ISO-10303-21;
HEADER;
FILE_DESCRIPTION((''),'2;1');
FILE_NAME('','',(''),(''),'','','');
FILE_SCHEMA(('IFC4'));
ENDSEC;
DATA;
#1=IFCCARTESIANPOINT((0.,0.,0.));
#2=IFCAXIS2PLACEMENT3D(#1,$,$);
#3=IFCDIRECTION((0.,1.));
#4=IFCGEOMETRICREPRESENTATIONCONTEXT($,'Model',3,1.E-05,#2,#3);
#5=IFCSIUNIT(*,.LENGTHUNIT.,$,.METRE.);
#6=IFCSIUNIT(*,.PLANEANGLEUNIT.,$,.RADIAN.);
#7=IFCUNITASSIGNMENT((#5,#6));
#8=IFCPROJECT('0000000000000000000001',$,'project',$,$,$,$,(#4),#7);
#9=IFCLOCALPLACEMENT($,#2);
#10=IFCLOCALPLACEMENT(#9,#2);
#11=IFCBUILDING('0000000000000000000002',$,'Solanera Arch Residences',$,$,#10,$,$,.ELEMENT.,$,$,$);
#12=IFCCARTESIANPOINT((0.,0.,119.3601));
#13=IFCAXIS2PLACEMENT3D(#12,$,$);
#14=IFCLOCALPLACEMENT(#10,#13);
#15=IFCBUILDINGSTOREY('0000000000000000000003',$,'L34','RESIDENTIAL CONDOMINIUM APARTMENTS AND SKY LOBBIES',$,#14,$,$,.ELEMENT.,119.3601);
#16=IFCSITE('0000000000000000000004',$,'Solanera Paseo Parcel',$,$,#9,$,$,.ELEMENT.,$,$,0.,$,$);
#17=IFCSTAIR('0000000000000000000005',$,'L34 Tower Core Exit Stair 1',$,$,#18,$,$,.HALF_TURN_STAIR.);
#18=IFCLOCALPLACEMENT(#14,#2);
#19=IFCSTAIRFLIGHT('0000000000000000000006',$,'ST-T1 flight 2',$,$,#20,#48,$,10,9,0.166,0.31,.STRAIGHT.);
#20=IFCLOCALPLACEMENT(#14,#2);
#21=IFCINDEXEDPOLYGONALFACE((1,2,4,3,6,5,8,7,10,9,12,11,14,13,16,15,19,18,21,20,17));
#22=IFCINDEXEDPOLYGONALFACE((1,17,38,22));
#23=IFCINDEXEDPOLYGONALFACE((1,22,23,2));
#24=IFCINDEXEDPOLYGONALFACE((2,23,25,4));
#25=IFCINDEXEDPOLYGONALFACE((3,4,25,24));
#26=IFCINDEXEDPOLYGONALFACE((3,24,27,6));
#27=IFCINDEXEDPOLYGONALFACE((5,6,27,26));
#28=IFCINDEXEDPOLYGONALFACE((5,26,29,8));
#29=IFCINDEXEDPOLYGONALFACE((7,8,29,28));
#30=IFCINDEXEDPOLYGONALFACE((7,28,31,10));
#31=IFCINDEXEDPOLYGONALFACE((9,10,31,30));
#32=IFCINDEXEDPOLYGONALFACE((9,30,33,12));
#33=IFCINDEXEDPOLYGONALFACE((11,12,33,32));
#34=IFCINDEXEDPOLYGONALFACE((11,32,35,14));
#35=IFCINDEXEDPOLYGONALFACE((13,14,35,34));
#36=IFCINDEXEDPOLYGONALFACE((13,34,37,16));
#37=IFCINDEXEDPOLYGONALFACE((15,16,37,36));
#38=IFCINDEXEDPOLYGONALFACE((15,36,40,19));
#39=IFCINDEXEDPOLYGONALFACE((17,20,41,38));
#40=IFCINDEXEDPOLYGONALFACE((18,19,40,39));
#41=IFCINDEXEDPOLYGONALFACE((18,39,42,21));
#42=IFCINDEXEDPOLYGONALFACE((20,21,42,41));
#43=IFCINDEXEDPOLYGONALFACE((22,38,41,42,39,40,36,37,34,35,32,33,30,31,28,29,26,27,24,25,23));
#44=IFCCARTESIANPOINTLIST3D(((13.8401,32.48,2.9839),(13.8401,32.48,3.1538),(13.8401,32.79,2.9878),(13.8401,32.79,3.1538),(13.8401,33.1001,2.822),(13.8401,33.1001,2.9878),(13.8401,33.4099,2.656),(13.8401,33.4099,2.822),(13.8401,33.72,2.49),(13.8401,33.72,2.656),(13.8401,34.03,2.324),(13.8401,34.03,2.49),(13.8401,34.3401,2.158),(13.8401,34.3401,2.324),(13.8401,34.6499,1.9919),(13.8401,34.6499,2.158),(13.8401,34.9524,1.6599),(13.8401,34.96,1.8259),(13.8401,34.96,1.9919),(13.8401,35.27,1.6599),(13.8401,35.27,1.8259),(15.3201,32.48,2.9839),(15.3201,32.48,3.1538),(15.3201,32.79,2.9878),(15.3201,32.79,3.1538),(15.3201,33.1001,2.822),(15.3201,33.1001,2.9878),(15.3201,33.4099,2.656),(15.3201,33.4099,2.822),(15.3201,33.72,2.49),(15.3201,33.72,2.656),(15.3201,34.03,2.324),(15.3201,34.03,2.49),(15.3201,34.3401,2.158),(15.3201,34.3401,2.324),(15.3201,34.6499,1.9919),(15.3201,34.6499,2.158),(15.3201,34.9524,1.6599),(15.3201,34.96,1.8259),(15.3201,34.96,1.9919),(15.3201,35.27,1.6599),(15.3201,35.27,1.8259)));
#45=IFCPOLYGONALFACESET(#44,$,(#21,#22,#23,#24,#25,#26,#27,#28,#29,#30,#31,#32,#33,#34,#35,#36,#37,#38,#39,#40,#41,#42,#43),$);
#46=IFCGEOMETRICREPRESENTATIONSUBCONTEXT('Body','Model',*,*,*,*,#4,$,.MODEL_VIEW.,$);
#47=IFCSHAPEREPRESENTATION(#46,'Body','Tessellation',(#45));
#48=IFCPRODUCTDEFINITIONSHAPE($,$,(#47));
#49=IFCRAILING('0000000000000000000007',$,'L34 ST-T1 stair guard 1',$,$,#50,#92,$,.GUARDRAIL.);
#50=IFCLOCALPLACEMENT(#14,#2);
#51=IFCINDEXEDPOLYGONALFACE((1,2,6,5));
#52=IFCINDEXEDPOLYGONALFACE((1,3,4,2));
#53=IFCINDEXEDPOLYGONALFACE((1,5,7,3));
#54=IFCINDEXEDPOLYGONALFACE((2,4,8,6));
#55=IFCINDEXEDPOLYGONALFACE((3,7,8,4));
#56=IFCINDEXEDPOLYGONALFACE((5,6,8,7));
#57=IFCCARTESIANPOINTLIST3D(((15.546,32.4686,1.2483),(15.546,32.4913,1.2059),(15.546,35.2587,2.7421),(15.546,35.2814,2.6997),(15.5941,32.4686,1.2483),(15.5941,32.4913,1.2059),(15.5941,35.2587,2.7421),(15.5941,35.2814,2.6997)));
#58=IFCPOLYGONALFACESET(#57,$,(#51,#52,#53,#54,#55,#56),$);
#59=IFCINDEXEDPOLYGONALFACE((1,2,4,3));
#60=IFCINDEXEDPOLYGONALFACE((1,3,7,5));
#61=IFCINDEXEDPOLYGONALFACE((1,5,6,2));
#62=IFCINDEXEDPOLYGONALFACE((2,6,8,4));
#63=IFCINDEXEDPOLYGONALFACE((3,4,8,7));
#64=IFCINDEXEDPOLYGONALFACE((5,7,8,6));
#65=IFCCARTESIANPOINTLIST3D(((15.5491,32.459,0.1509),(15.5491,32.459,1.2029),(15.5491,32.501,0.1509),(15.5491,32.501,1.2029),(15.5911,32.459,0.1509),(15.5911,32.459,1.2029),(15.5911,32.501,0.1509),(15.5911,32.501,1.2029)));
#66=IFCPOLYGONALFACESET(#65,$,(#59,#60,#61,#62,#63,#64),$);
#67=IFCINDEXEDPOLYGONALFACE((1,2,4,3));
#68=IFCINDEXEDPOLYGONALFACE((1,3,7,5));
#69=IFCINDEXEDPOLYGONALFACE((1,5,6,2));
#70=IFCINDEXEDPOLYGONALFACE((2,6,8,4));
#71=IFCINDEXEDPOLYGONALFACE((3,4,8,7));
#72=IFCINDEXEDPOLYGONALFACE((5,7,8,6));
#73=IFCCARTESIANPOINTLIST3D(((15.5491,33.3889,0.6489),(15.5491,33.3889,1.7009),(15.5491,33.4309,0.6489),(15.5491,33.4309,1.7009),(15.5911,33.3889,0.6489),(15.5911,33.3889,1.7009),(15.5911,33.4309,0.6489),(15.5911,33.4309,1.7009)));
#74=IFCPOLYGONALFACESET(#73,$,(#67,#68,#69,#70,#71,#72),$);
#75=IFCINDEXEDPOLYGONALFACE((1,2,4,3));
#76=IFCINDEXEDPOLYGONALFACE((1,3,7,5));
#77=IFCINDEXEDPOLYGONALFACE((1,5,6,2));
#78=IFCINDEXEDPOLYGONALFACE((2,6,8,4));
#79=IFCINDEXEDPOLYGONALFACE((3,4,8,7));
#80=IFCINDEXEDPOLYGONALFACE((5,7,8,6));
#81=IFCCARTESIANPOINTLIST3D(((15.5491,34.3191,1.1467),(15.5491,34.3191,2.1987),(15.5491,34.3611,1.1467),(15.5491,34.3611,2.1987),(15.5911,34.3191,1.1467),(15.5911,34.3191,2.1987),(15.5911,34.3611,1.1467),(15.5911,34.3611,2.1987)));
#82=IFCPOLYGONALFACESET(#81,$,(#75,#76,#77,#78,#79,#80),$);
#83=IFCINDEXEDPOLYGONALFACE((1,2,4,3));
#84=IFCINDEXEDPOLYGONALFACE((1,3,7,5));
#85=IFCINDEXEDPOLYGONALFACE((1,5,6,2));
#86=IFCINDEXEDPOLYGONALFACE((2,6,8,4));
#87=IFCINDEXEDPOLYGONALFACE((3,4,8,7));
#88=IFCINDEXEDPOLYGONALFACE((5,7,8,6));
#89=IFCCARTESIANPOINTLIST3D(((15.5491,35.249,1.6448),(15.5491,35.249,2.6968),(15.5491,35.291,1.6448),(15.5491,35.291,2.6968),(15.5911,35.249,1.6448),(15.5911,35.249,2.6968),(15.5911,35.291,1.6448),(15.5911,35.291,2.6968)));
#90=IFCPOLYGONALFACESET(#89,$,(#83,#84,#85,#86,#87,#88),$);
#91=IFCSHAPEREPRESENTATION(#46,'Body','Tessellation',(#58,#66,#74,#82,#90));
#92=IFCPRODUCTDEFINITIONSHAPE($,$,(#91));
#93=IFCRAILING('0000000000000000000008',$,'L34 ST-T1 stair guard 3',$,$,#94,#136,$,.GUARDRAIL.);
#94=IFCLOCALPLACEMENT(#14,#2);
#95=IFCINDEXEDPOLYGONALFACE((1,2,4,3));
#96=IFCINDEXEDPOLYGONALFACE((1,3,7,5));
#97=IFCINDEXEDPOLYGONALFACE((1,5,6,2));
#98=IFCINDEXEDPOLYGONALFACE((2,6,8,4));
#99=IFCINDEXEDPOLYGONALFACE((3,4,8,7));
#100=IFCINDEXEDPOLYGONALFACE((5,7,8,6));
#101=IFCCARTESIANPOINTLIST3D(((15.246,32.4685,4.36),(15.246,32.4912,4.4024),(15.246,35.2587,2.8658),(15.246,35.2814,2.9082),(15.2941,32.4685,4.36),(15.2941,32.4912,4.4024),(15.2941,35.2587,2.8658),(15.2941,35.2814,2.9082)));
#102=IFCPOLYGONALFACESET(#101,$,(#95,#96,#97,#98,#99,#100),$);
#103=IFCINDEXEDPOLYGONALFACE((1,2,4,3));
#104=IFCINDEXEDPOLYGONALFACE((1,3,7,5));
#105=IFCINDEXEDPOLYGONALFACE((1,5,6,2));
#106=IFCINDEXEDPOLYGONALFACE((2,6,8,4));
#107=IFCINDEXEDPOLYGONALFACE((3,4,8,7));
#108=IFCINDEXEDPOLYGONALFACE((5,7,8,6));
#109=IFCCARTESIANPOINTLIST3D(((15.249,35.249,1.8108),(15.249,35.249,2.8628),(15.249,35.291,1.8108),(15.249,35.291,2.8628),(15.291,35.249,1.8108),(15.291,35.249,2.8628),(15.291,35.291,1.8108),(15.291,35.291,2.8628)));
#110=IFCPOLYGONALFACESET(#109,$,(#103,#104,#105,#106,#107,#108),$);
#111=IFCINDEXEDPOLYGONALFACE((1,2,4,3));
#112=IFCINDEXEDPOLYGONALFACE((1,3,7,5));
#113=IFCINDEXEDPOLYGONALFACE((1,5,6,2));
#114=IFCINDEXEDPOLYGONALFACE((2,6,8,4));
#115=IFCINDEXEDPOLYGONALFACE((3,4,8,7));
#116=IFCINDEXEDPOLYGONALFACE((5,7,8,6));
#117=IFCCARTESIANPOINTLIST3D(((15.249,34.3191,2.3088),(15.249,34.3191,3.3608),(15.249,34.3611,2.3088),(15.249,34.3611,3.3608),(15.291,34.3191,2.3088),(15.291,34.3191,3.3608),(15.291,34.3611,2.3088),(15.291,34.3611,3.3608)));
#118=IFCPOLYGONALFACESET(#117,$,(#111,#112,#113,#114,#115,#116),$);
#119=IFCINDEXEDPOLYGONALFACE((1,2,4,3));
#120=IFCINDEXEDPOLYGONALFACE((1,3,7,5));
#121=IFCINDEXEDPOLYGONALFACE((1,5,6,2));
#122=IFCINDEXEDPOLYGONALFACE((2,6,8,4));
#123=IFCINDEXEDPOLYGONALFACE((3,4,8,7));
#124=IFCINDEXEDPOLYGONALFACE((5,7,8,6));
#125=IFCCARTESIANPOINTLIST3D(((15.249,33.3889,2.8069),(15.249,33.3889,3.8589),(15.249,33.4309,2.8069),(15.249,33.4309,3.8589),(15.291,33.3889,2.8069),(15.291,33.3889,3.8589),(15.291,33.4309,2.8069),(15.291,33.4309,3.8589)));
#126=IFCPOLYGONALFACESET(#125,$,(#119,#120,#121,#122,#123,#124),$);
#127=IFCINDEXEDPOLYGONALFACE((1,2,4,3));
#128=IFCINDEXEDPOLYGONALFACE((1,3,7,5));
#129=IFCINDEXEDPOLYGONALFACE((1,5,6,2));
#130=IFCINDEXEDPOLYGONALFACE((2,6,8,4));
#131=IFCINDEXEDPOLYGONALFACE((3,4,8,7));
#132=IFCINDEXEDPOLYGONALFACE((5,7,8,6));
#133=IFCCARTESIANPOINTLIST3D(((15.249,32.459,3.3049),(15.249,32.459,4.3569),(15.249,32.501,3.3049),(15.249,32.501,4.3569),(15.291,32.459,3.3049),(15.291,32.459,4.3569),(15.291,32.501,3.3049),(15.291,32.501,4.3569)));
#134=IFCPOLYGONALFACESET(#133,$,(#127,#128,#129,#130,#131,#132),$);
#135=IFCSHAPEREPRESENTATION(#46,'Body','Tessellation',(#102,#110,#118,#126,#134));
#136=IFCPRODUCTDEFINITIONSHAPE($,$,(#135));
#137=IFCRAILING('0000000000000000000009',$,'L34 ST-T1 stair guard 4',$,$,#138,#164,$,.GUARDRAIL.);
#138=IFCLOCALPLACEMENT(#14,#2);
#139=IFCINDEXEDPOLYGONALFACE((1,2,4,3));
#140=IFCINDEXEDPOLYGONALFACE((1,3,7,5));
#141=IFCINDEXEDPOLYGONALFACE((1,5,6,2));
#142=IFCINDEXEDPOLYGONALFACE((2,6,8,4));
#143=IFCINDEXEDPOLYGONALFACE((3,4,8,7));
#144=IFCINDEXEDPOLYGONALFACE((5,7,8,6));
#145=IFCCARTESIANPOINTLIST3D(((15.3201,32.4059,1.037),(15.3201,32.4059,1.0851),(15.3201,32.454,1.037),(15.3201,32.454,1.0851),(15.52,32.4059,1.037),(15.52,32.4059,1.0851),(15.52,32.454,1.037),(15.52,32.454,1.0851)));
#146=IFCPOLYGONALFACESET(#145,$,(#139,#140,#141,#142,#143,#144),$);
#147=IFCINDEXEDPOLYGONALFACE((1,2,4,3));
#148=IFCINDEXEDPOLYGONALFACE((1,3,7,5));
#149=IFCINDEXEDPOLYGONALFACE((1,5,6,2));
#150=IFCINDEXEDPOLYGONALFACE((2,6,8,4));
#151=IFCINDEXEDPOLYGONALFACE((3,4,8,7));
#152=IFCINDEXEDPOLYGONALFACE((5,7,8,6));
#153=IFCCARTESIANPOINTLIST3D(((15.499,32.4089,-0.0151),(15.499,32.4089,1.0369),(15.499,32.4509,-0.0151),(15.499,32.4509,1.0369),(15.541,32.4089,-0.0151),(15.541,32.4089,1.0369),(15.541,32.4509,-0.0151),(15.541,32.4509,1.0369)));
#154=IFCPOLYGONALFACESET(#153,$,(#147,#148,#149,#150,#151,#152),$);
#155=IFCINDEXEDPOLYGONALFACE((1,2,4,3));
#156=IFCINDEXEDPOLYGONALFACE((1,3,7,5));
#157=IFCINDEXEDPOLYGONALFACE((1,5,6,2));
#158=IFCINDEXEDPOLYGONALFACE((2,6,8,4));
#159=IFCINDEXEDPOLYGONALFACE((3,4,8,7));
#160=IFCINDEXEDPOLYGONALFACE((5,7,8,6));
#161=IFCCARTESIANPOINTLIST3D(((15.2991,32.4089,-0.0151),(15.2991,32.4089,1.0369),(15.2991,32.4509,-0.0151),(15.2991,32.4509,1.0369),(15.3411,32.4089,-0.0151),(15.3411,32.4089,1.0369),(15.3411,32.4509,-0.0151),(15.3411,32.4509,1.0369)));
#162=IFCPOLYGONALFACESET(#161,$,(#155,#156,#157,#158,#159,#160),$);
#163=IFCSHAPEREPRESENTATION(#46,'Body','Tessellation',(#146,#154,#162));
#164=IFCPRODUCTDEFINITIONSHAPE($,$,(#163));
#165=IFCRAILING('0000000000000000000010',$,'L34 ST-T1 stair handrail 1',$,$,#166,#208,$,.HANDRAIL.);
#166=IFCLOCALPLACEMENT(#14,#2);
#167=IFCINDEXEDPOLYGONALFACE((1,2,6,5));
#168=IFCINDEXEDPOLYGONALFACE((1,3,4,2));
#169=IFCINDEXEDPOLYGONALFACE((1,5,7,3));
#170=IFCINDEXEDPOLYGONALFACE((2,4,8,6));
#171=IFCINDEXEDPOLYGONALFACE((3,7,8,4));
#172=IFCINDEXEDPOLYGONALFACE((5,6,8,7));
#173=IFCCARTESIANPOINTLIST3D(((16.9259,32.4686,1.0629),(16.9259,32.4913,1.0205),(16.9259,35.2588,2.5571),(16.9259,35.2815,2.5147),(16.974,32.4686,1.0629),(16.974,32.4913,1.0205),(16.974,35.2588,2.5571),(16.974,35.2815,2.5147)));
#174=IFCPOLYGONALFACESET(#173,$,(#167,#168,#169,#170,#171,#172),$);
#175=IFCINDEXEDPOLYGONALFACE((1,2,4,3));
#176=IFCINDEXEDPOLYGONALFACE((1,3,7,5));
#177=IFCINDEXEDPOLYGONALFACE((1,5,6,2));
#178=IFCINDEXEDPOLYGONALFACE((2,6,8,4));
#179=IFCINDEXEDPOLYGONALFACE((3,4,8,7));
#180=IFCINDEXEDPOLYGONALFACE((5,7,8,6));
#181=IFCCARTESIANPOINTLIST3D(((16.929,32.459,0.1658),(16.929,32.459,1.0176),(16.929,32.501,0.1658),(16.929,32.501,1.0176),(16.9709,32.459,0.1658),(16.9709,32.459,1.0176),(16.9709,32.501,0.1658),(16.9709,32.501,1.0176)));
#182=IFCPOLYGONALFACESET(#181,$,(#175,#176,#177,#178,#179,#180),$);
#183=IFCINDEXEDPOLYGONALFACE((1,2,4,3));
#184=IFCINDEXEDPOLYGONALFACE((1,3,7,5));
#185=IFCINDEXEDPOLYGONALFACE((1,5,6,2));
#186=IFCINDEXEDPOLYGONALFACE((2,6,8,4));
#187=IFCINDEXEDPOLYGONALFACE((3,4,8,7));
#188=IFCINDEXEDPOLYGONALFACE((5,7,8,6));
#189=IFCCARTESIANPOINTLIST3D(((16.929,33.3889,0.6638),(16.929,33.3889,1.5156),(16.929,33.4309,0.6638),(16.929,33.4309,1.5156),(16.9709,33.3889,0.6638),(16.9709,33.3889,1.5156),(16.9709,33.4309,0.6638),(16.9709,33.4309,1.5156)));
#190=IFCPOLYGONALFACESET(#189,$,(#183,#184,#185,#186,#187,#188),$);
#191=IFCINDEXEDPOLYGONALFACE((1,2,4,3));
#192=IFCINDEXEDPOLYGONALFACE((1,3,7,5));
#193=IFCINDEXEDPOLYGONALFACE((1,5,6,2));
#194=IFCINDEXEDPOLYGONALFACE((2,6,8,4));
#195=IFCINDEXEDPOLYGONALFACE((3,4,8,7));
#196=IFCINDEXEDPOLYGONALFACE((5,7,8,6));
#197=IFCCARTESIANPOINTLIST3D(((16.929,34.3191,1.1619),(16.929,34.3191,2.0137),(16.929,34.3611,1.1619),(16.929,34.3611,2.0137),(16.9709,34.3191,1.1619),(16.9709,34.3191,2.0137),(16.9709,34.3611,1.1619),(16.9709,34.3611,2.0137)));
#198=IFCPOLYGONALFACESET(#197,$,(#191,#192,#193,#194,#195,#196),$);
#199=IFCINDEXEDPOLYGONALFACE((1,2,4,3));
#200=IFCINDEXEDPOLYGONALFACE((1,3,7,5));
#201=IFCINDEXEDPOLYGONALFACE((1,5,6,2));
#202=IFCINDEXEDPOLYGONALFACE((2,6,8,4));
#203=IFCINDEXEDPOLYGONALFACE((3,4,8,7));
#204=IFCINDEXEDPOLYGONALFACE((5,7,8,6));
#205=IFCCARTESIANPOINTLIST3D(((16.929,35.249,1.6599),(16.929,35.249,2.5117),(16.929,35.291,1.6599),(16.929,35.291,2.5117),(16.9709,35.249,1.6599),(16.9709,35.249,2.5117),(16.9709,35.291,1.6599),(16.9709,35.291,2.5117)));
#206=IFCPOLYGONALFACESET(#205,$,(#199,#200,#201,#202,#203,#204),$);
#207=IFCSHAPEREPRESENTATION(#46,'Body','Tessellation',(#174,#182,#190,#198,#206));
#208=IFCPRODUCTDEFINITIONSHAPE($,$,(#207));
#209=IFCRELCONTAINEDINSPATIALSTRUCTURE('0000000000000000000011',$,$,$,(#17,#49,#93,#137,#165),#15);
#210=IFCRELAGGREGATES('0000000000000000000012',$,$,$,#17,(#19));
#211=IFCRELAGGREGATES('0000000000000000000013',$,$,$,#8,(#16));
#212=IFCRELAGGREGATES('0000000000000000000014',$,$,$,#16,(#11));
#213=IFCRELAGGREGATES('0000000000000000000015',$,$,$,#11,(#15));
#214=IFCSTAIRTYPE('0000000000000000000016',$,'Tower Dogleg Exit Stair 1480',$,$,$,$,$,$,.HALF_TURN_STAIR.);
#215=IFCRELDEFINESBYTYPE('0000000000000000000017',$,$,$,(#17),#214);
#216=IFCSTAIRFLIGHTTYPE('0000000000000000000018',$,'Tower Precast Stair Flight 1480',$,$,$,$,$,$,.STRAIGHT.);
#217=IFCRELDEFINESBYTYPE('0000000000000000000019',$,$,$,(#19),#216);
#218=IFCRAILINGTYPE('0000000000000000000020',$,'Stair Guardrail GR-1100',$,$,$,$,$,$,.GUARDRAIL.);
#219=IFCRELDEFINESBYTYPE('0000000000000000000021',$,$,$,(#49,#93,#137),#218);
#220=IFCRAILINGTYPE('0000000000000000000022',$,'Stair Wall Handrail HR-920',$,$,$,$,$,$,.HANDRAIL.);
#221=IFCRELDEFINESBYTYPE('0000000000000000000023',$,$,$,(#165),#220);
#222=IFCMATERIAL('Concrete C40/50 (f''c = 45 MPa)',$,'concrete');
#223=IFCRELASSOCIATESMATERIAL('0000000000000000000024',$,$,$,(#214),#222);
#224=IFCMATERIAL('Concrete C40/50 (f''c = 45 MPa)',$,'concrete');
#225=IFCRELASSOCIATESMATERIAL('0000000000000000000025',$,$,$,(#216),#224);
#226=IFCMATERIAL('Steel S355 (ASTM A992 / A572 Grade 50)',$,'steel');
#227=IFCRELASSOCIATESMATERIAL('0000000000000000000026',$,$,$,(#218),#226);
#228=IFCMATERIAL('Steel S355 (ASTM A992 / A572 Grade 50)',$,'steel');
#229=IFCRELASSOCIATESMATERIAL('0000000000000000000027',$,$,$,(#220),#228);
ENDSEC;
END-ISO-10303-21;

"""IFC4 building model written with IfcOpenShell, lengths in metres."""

from ifc_helpers import new_model, si_unit, direction, frame, origin, origin_2d, place, context, subcontext, project, spatial, polyline, rectangle, outline, extrude, material, type_object, element, aggregate, save


model = new_model("IFC4")

# Units and contexts
model_context = context("Model", 3, precision=1e-05, world=origin(), true_north=direction((0.0, 1.0)))
body_context = subcontext(model_context, "Body", "Model", "MODEL_VIEW")
ifc_project = project(units=[si_unit("LENGTHUNIT", "METRE"), si_unit("PLANEANGLEUNIT", "RADIAN")], contexts=[model_context])

# Site, building, storey
site_placement = place(None, origin())
site = spatial("IfcSite", under=ifc_project, at=site_placement, Name="Solanera Paseo Parcel", CompositionType="ELEMENT", RefElevation=0.0)
building_placement = place(site_placement, origin())
building = spatial("IfcBuilding", under=site, at=building_placement, Name="Solanera Arch Residences", CompositionType="ELEMENT")
storey_placement = place(building_placement, frame((0.0, 0.0, 119.3601)))
storey = spatial("IfcBuildingStorey", under=building, at=storey_placement, Name="L34", Description="RESIDENTIAL CONDOMINIUM APARTMENTS AND SKY LOBBIES", CompositionType="ELEMENT", Elevation=119.3601)

# Stair, stair flight
ifc_material_1 = material(Name="Concrete C40/50 (f'c = 45 MPa)", Category="concrete")
stair_type = type_object("IfcStairType", Name="Tower Dogleg Exit Stair 1480", PredefinedType="HALF_TURN_STAIR", material=ifc_material_1)
stair_placement = place(storey_placement, origin())
stair = element("IfcStair", 1, at=stair_placement, inside=storey, type_object=stair_type, Name="L34 Tower Core Exit Stair 1", PredefinedType="HALF_TURN_STAIR")
ifc_material_2 = material(Name="Concrete C40/50 (f'c = 45 MPa)", Category="concrete")
stair_flight_type = type_object("IfcStairFlightType", Name="Tower Precast Stair Flight 1480", PredefinedType="STRAIGHT", material=ifc_material_2)
stair_flight_1_placement = place(storey_placement, frame((14.5801, 35.27, 1.6599), z_axis=(0.0, 0.0, 1.0), x_axis=(0.0, -1.0, 0.0)))
stair_flight_1 = element("IfcStairFlight", 2, at=stair_flight_1_placement, type_object=stair_flight_type, Name="ST-T1 flight 2", NumberOfRisers=10, NumberOfTreads=9, PredefinedType="STRAIGHT", RiserHeight=0.166, TreadLength=0.31, context=body_context, shape_type="SweptSolid", body=[
    extrude(outline(polyline([(0.0, 0.0), (0.0, 0.166), (0.3101, 0.166), (0.3101, 0.332), (0.6201, 0.332), (0.6201, 0.498), (0.9299, 0.498), (0.9299, 0.6641), (1.24, 0.6641), (1.24, 0.8301), (1.55, 0.8301), (1.55, 0.9961), (1.8601, 0.9961), (1.8601, 1.1621), (2.1699, 1.1621), (2.1699, 1.3279), (2.48, 1.3279), (2.48, 1.4939), (2.79, 1.4939), (2.79, 1.6599), (2.79, 1.324), (0.3176, 0.0), (0.0, 0.0)])), frame((0.0, 0.74, 0.0), z_axis=(0.0, -1.0, 0.0), x_axis=(1.0, 0.0, 0.0)), (0.0, 0.0, 1.0), 1.48),
])
aggregate(stair, [stair_flight_1])

# Railings
ifc_material_3 = material(Name="Steel S355 (ASTM A992 / A572 Grade 50)", Category="steel")
railing_type_1 = type_object("IfcRailingType", Name="Stair Guardrail GR-1100", PredefinedType="GUARDRAIL", material=ifc_material_3)
railing_1_placement = place(storey_placement, frame((15.5701, 32.48, 0.1509)))
element("IfcRailing", 3, at=railing_1_placement, inside=storey, type_object=railing_type_1, Name="L34 ST-T1 stair guard 1", PredefinedType="GUARDRAIL", context=body_context, shape_type="SweptSolid", body=[
    extrude(rectangle(XDim=0.0481, YDim=0.0481, at=origin_2d()), frame((0.0, 0.0, 1.0762), z_axis=(0.0, 0.881581, 0.472033), x_axis=(-1.0, 0.0, 0.0)), (0.0, 0.0, 1.0), 3.1648),
    extrude(rectangle(XDim=0.042, YDim=0.042, at=origin_2d()), origin(), (0.0, 0.0, 1.0), 1.052),
    extrude(rectangle(XDim=0.042, YDim=0.042, at=origin_2d()), frame((0.0, 0.9299, 0.498)), (0.0, 0.0, 1.0), 1.052),
    extrude(rectangle(XDim=0.042, YDim=0.042, at=origin_2d()), frame((0.0, 1.8601, 0.9958)), (0.0, 0.0, 1.0), 1.052),
    extrude(rectangle(XDim=0.042, YDim=0.042, at=origin_2d()), frame((0.0, 2.79, 1.4939)), (0.0, 0.0, 1.0), 1.052),
])
railing_2_placement = place(storey_placement, frame((15.27, 35.27, 1.8108)))
element("IfcRailing", 4, at=railing_2_placement, inside=storey, type_object=railing_type_1, Name="L34 ST-T1 stair guard 3", PredefinedType="GUARDRAIL", context=body_context, shape_type="SweptSolid", body=[
    extrude(rectangle(XDim=0.0481, YDim=0.0481, at=origin_2d()), frame((0.0, 0.0, 1.0762), z_axis=(0.0, -0.881549, 0.472093), x_axis=(1.0, 0.0, 0.0)), (0.0, 0.0, 1.0), 3.165),
    extrude(rectangle(XDim=0.042, YDim=0.042, at=origin_2d()), origin(), (0.0, 0.0, 1.0), 1.052),
    extrude(rectangle(XDim=0.042, YDim=0.042, at=origin_2d()), frame((0.0, -0.9299, 0.498)), (0.0, 0.0, 1.0), 1.052),
    extrude(rectangle(XDim=0.042, YDim=0.042, at=origin_2d()), frame((0.0, -1.8601, 0.9961)), (0.0, 0.0, 1.0), 1.052),
    extrude(rectangle(XDim=0.042, YDim=0.042, at=origin_2d()), frame((0.0, -2.79, 1.4941)), (0.0, 0.0, 1.0), 1.052),
])
railing_3_placement = place(storey_placement, frame((15.52, 32.4299, -0.0151)))
element("IfcRailing", 5, at=railing_3_placement, inside=storey, type_object=railing_type_1, Name="L34 ST-T1 stair guard 4", PredefinedType="GUARDRAIL", context=body_context, shape_type="SweptSolid", body=[
    extrude(rectangle(XDim=0.0481, YDim=0.0481, at=origin_2d()), frame((0.0, 0.0, 1.0762), z_axis=(-1.0, 0.0, 0.0), x_axis=(0.0, -1.0, 0.0)), (0.0, 0.0, 1.0), 0.2),
    extrude(rectangle(XDim=0.042, YDim=0.042, at=origin_2d()), origin(), (0.0, 0.0, 1.0), 1.052),
    extrude(rectangle(XDim=0.042, YDim=0.042, at=origin_2d()), frame((-0.2, 0.0, 0.0)), (0.0, 0.0, 1.0), 1.052),
])
ifc_material_4 = material(Name="Steel S355 (ASTM A992 / A572 Grade 50)", Category="steel")
railing_type_2 = type_object("IfcRailingType", Name="Stair Wall Handrail HR-920", PredefinedType="HANDRAIL", material=ifc_material_4)
railing_4_placement = place(storey_placement, frame((16.95, 32.48, 0.1658)))
element("IfcRailing", 6, at=railing_4_placement, inside=storey, type_object=railing_type_2, Name="L34 ST-T1 stair handrail 1", PredefinedType="HANDRAIL", context=body_context, shape_type="SweptSolid", body=[
    extrude(rectangle(XDim=0.0481, YDim=0.0481, at=origin_2d()), frame((0.0, 0.0, 0.876), z_axis=(0.0, 0.881549, 0.472093), x_axis=(-1.0, 0.0, 0.0)), (0.0, 0.0, 1.0), 3.165),
    extrude(rectangle(XDim=0.042, YDim=0.042, at=origin_2d()), origin(), (0.0, 0.0, 1.0), 0.8518),
    extrude(rectangle(XDim=0.042, YDim=0.042, at=origin_2d()), frame((0.0, 0.9299, 0.498)), (0.0, 0.0, 1.0), 0.8518),
    extrude(rectangle(XDim=0.042, YDim=0.042, at=origin_2d()), frame((0.0, 1.8601, 0.9961)), (0.0, 0.0, 1.0), 0.8518),
    extrude(rectangle(XDim=0.042, YDim=0.042, at=origin_2d()), frame((0.0, 2.79, 1.4941)), (0.0, 0.0, 1.0), 0.8518),
])

save(model, "model.ifc")
